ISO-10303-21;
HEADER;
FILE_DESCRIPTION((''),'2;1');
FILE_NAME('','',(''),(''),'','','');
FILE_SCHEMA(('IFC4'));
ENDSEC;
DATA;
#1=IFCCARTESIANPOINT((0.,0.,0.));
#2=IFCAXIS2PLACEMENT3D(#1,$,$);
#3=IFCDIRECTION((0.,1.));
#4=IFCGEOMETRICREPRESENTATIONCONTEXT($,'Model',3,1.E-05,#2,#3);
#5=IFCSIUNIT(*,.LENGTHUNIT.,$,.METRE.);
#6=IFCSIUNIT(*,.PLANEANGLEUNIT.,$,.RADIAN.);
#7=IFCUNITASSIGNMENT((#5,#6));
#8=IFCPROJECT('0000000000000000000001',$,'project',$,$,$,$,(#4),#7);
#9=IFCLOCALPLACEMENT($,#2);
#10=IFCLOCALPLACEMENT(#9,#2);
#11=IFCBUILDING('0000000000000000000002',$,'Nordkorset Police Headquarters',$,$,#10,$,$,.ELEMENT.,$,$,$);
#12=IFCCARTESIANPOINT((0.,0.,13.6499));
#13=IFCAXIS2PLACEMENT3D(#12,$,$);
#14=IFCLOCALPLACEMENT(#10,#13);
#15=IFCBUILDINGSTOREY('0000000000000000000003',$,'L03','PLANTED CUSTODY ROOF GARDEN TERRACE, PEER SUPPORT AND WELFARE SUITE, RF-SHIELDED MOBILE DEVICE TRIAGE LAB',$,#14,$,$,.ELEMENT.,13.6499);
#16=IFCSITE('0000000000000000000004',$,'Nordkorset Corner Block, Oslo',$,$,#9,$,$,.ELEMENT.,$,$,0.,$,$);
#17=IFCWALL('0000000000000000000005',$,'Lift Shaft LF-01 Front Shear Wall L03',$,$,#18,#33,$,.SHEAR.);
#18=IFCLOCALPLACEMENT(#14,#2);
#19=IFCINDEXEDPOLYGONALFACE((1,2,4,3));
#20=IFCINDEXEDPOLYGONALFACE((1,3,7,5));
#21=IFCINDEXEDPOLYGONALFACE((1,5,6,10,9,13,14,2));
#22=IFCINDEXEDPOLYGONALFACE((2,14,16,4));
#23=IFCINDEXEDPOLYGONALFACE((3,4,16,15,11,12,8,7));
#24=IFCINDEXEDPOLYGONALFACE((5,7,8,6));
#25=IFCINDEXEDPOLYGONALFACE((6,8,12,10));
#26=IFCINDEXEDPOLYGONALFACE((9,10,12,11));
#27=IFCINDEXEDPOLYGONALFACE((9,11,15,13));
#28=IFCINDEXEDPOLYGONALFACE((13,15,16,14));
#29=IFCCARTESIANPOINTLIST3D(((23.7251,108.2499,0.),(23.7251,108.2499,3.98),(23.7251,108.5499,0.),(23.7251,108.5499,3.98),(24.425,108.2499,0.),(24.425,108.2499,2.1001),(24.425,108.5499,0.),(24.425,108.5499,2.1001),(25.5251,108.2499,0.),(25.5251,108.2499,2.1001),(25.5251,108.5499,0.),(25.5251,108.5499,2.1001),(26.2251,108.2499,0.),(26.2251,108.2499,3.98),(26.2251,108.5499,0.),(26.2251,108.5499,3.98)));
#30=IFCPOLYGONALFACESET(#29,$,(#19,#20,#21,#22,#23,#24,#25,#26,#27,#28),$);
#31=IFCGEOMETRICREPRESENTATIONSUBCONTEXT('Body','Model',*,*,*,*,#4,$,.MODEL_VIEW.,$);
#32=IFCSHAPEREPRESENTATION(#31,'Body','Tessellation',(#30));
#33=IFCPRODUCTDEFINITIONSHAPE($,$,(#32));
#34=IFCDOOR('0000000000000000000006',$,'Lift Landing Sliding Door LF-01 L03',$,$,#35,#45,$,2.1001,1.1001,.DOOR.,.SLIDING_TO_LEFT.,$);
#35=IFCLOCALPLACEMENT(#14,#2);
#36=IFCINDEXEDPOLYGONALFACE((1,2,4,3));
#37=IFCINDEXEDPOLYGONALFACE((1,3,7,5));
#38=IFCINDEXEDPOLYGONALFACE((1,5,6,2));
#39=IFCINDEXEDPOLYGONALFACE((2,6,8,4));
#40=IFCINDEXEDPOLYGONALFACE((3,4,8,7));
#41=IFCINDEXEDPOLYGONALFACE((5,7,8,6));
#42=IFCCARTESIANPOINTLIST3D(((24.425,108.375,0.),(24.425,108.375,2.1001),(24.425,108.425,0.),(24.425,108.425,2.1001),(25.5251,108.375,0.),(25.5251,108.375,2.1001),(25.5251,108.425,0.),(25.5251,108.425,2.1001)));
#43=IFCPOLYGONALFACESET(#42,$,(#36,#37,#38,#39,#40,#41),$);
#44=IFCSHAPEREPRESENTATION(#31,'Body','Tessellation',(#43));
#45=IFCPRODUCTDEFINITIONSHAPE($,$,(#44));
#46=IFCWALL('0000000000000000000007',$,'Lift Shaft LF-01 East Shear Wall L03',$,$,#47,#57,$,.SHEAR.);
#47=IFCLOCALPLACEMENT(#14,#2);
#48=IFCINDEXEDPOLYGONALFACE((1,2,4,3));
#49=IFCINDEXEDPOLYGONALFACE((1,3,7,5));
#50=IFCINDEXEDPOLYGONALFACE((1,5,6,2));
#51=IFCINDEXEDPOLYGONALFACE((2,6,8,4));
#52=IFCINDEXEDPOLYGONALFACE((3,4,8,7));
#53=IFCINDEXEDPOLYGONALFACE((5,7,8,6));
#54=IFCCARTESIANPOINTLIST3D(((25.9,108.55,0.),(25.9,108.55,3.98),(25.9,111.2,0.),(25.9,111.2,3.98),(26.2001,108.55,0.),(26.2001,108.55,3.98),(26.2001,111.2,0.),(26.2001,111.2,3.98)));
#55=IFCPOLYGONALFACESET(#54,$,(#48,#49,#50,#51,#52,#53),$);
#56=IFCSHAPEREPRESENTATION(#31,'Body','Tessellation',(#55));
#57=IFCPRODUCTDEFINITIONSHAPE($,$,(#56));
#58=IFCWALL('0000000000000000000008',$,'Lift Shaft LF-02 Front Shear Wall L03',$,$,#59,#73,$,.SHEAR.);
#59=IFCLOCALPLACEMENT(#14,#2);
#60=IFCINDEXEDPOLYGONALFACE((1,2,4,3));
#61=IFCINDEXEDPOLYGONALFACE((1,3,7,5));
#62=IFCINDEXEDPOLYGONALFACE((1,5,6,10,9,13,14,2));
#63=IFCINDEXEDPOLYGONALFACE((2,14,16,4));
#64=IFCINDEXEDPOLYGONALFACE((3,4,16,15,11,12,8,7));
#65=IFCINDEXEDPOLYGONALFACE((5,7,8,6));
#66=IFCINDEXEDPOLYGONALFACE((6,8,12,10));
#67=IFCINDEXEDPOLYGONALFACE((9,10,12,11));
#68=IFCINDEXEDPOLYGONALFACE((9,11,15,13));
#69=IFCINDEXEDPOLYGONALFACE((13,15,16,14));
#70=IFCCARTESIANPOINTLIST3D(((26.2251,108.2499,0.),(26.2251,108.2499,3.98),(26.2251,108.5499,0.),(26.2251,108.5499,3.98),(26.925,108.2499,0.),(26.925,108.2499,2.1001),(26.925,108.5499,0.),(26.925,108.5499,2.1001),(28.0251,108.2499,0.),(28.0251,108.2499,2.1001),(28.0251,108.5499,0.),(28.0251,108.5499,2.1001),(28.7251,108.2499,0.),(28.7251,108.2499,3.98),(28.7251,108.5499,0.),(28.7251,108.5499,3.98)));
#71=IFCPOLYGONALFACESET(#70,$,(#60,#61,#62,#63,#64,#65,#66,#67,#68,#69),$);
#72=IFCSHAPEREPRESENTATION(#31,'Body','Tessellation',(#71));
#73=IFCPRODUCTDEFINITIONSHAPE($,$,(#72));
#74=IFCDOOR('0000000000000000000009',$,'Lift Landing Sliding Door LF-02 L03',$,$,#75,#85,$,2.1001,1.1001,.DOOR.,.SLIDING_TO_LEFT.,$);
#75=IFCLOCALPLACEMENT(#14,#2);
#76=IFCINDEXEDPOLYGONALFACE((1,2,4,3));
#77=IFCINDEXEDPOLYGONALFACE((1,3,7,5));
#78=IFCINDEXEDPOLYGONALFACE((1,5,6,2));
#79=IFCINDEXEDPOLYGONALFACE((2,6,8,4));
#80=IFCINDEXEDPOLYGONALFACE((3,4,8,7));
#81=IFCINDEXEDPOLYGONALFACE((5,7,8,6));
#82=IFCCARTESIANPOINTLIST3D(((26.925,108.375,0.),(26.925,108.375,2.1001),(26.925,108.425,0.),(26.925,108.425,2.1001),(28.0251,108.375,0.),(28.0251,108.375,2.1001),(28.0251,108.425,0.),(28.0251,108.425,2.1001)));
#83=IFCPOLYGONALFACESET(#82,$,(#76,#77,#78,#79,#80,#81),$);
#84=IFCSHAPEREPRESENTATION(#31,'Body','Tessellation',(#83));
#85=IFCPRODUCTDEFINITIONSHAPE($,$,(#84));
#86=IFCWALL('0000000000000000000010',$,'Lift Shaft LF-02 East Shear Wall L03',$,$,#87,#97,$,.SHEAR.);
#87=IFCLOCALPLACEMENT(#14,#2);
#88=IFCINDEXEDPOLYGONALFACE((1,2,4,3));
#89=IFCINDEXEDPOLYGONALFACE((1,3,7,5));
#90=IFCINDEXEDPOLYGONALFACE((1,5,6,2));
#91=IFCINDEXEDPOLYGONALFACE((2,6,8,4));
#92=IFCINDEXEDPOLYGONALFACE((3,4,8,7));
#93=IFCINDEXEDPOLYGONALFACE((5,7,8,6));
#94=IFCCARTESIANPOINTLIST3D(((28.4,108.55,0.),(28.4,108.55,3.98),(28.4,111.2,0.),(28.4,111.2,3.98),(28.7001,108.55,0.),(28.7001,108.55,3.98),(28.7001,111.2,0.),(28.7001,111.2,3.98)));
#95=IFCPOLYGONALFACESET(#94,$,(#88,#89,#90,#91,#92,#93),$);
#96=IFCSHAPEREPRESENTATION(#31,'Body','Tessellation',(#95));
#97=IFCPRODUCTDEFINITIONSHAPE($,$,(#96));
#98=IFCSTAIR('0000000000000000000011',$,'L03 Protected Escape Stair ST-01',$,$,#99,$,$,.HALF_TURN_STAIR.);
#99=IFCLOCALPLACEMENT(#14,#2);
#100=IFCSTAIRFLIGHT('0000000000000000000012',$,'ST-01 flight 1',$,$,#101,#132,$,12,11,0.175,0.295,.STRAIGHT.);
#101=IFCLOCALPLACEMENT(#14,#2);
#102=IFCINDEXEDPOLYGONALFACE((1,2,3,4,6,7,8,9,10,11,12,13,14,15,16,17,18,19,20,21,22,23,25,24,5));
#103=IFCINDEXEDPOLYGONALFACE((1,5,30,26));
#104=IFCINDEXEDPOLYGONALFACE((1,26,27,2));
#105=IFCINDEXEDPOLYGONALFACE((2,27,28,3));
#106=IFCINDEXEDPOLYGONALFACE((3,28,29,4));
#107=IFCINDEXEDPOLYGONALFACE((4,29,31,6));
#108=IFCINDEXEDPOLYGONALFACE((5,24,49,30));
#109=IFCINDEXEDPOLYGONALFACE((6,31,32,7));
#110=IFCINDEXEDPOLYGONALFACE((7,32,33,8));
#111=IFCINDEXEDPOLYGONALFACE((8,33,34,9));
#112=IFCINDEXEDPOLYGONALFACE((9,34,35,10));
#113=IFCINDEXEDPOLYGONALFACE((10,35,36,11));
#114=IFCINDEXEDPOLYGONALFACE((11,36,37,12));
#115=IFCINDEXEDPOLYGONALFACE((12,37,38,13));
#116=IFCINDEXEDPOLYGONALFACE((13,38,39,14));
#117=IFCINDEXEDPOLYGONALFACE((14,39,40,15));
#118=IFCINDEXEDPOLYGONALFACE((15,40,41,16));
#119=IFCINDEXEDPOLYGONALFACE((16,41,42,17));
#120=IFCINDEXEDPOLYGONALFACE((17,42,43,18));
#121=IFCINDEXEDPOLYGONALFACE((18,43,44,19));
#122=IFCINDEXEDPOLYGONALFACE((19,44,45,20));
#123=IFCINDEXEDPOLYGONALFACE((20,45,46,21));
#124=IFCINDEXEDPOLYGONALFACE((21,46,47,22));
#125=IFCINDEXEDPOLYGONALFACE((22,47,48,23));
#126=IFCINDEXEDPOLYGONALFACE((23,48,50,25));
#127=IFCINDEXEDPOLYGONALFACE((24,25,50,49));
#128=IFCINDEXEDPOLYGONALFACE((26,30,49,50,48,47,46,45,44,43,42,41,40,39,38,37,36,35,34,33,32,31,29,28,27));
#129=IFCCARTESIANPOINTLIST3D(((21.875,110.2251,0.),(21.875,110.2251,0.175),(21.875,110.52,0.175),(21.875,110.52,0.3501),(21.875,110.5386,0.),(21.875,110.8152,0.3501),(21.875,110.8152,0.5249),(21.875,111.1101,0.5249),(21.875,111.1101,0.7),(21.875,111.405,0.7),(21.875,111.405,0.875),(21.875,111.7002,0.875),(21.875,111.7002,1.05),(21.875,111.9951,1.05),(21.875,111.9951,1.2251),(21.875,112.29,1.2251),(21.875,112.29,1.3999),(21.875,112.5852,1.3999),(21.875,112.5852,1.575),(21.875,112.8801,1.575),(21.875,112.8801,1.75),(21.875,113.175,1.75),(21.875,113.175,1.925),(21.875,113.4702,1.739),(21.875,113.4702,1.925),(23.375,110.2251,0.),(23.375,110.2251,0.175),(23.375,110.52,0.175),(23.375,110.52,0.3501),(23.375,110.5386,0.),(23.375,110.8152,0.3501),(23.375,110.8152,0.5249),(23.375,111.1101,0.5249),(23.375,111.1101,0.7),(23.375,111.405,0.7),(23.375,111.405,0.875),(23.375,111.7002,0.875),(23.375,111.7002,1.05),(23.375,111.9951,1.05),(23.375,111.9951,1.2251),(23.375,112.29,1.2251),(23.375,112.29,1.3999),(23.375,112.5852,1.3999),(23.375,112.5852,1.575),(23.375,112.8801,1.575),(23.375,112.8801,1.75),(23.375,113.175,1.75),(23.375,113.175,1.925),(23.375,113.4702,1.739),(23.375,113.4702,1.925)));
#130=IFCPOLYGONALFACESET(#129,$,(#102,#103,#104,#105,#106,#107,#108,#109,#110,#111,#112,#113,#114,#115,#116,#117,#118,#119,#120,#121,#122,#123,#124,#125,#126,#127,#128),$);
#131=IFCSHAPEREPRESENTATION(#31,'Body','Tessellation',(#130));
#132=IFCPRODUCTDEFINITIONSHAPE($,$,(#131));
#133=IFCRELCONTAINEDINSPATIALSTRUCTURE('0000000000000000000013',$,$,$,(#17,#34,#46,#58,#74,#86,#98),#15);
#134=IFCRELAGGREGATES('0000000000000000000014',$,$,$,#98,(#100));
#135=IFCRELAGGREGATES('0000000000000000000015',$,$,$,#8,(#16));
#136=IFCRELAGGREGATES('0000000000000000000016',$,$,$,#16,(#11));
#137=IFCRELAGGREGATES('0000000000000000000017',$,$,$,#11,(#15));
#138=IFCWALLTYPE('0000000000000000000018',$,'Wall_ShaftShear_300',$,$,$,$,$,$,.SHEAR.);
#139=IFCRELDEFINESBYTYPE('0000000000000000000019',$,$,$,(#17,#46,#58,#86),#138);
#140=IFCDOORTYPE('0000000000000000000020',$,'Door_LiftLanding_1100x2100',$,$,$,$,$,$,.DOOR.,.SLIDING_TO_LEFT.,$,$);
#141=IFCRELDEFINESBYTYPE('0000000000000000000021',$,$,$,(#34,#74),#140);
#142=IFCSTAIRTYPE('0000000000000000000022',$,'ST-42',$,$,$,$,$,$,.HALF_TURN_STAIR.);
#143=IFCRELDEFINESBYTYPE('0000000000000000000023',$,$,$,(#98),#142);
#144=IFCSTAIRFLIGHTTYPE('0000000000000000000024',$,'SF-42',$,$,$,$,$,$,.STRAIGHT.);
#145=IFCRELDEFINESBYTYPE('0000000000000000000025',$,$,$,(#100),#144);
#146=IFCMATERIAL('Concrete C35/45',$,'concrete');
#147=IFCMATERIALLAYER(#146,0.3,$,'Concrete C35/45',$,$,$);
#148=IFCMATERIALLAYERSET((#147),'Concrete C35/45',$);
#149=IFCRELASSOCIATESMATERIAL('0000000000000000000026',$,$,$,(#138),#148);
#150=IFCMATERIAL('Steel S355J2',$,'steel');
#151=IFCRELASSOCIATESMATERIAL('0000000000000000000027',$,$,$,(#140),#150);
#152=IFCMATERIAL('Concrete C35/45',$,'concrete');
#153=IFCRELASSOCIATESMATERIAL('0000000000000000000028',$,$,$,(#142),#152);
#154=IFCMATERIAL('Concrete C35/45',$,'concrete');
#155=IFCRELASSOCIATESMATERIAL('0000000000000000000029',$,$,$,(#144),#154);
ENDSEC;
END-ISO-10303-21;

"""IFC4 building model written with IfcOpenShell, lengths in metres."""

from ifc_helpers import new_model, si_unit, direction, frame, frame_2d, origin, place, context, subcontext, project, spatial, polyline, rectangle, outline, extrude, material, layer, layer_set, type_object, element, fill, aggregate, save


model = new_model("IFC4")

# Units and contexts
model_context = context("Model", 3, precision=1e-05, world=origin(), true_north=direction((0.0, 1.0)))
body_context = subcontext(model_context, "Body", "Model", "MODEL_VIEW")
ifc_project = project(units=[si_unit("LENGTHUNIT", "METRE"), si_unit("PLANEANGLEUNIT", "RADIAN")], contexts=[model_context])

# Site, building, storey
site_placement = place(None, origin())
site = spatial("IfcSite", under=ifc_project, at=site_placement, Name="Nordkorset Corner Block, Oslo", CompositionType="ELEMENT", RefElevation=0.0)
building_placement = place(site_placement, origin())
building = spatial("IfcBuilding", under=site, at=building_placement, Name="Nordkorset Police Headquarters", CompositionType="ELEMENT")
storey_placement = place(building_placement, frame((0.0, 0.0, 13.6499)))
storey = spatial("IfcBuildingStorey", under=building, at=storey_placement, Name="L03", Description="PLANTED CUSTODY ROOF GARDEN TERRACE, PEER SUPPORT AND WELFARE SUITE, RF-SHIELDED MOBILE DEVICE TRIAGE LAB", CompositionType="ELEMENT", Elevation=13.6499)

# Wall, opening, door
ifc_material_1 = material(Name="Concrete C35/45", Category="concrete")
ifc_layer_1 = layer(ifc_material_1, 0.3, Name="Concrete C35/45")
ifc_layer_set_1 = layer_set([ifc_layer_1], Name="Concrete C35/45")
wall_type_1 = type_object("IfcWallType", Name="Wall_ShaftShear_300", PredefinedType="SHEAR", material=ifc_layer_set_1)
wall_1_placement = place(storey_placement, frame((23.7251, 108.3999, 0.0), z_axis=(0.0, 0.0, 1.0), x_axis=(1.0, 0.0, 0.0)))
wall_1 = element("IfcWall", 1, at=wall_1_placement, inside=storey, type_object=wall_type_1, Name="Lift Shaft LF-01 Front Shear Wall L03", PredefinedType="SHEAR", context=body_context, shape_type="SweptSolid", body=[
    extrude(rectangle(XDim=2.5, YDim=0.3, at=frame_2d((1.25, 0.0))), origin(), (0.0, 0.0, 1.0), 3.98),
])
opening_1_placement = place(wall_1_placement, frame((0.7, 0.0, 0.0)))
opening_1 = element("IfcOpeningElement", 2, at=opening_1_placement, cuts=wall_1, PredefinedType="OPENING", context=body_context, shape_type="SweptSolid", body=[
    extrude(rectangle(XDim=1.1001, YDim=2.1001, at=frame_2d((0.55, 1.05))), frame((0.0, 0.1602, 0.0), z_axis=(0.0, -1.0, 0.0), x_axis=(1.0, 0.0, 0.0)), (0.0, 0.0, 1.0), 0.3201),
])
ifc_material_2 = material(Name="Steel S355J2", Category="steel")
door_type_1 = type_object("IfcDoorType", Name="Door_LiftLanding_1100x2100", OperationType="SLIDING_TO_LEFT", PredefinedType="DOOR", material=ifc_material_2)
door_1_placement = place(opening_1_placement, frame((1.1001, 0.0, 0.0), z_axis=(0.0, 0.0, 1.0), x_axis=(-1.0, 0.0, 0.0)))
door_1 = element("IfcDoor", 3, at=door_1_placement, inside=storey, type_object=door_type_1, Name="Lift Landing Sliding Door LF-01 L03", OperationType="SLIDING_TO_LEFT", OverallHeight=2.1001, OverallWidth=1.1001, PredefinedType="DOOR", context=body_context, shape_type="SweptSolid", body=[
    extrude(rectangle(XDim=1.1001, YDim=2.1001, at=frame_2d((0.55, 1.05))), frame((0.0, 0.0249, 0.0), z_axis=(0.0, -1.0, 0.0), x_axis=(1.0, 0.0, 0.0)), (0.0, 0.0, 1.0), 0.05),
])
fill(opening_1, door_1)

# Wall
wall_2_placement = place(storey_placement, frame((26.05, 108.55, 0.0), z_axis=(0.0, 0.0, 1.0), x_axis=(0.0, 1.0, 0.0)))
element("IfcWall", 4, at=wall_2_placement, inside=storey, type_object=wall_type_1, Name="Lift Shaft LF-01 East Shear Wall L03", PredefinedType="SHEAR", context=body_context, shape_type="SweptSolid", body=[
    extrude(rectangle(XDim=2.6499, YDim=0.3, at=frame_2d((1.325, 0.0))), origin(), (0.0, 0.0, 1.0), 3.98),
])

# Wall, opening, door
wall_3_placement = place(storey_placement, frame((26.2251, 108.3999, 0.0), z_axis=(0.0, 0.0, 1.0), x_axis=(1.0, 0.0, 0.0)))
wall_3 = element("IfcWall", 5, at=wall_3_placement, inside=storey, type_object=wall_type_1, Name="Lift Shaft LF-02 Front Shear Wall L03", PredefinedType="SHEAR", context=body_context, shape_type="SweptSolid", body=[
    extrude(rectangle(XDim=2.5, YDim=0.3, at=frame_2d((1.25, 0.0))), origin(), (0.0, 0.0, 1.0), 3.98),
])
opening_2_placement = place(wall_3_placement, frame((0.7, 0.0, 0.0)))
opening_2 = element("IfcOpeningElement", 6, at=opening_2_placement, cuts=wall_3, PredefinedType="OPENING", context=body_context, shape_type="SweptSolid", body=[
    extrude(rectangle(XDim=1.1001, YDim=2.1001, at=frame_2d((0.55, 1.05))), frame((0.0, 0.1602, 0.0), z_axis=(0.0, -1.0, 0.0), x_axis=(1.0, 0.0, 0.0)), (0.0, 0.0, 1.0), 0.3201),
])
door_2_placement = place(opening_2_placement, frame((1.1001, 0.0, 0.0), z_axis=(0.0, 0.0, 1.0), x_axis=(-1.0, 0.0, 0.0)))
door_2 = element("IfcDoor", 7, at=door_2_placement, inside=storey, type_object=door_type_1, Name="Lift Landing Sliding Door LF-02 L03", OperationType="SLIDING_TO_LEFT", OverallHeight=2.1001, OverallWidth=1.1001, PredefinedType="DOOR", context=body_context, shape_type="SweptSolid", body=[
    extrude(rectangle(XDim=1.1001, YDim=2.1001, at=frame_2d((0.55, 1.05))), frame((0.0, 0.0249, 0.0), z_axis=(0.0, -1.0, 0.0), x_axis=(1.0, 0.0, 0.0)), (0.0, 0.0, 1.0), 0.05),
])
fill(opening_2, door_2)

# Wall
wall_4_placement = place(storey_placement, frame((28.55, 108.55, 0.0), z_axis=(0.0, 0.0, 1.0), x_axis=(0.0, 1.0, 0.0)))
element("IfcWall", 8, at=wall_4_placement, inside=storey, type_object=wall_type_1, Name="Lift Shaft LF-02 East Shear Wall L03", PredefinedType="SHEAR", context=body_context, shape_type="SweptSolid", body=[
    extrude(rectangle(XDim=2.6499, YDim=0.3, at=frame_2d((1.325, 0.0))), origin(), (0.0, 0.0, 1.0), 3.98),
])

# Stair, stair flight
ifc_material_3 = material(Name="Concrete C35/45", Category="concrete")
stair_type = type_object("IfcStairType", Name="ST-42", PredefinedType="HALF_TURN_STAIR", material=ifc_material_3)
stair_placement = place(storey_placement, origin())
stair = element("IfcStair", 9, at=stair_placement, inside=storey, type_object=stair_type, Name="L03 Protected Escape Stair ST-01", PredefinedType="HALF_TURN_STAIR")
ifc_material_4 = material(Name="Concrete C35/45", Category="concrete")
stair_flight_type = type_object("IfcStairFlightType", Name="SF-42", PredefinedType="STRAIGHT", material=ifc_material_4)
stair_flight_placement = place(storey_placement, frame((22.625, 110.2251, 0.0), z_axis=(0.0, 0.0, 1.0), x_axis=(0.0, 1.0, 0.0)))
stair_flight = element("IfcStairFlight", 10, at=stair_flight_placement, type_object=stair_flight_type, Name="ST-01 flight 1", NumberOfRisers=12, NumberOfTreads=11, PredefinedType="STRAIGHT", RiserHeight=0.175, TreadLength=0.295, context=body_context, shape_type="SweptSolid", body=[
    extrude(outline(polyline([(0.0, 0.0), (0.0, 0.175), (0.2949, 0.175), (0.2949, 0.3501), (0.5901, 0.3501), (0.5901, 0.5249), (0.885, 0.5249), (0.885, 0.7), (1.1799, 0.7), (1.1799, 0.875), (1.4751, 0.875), (1.4751, 1.05), (1.77, 1.05), (1.77, 1.2251), (2.0649, 1.2251), (2.0649, 1.3999), (2.3601, 1.3999), (2.3601, 1.575), (2.655, 1.575), (2.655, 1.75), (2.95, 1.75), (2.95, 1.925), (3.2451, 1.925), (3.2451, 2.1001), (3.2451, 1.739), (0.3135, 0.0), (0.0, 0.0)])), frame((0.0, 0.75, 0.0), z_axis=(0.0, -1.0, 0.0), x_axis=(1.0, 0.0, 0.0)), (0.0, 0.0, 1.0), 1.5),
])
aggregate(stair, [stair_flight])

save(model, "model.ifc")
